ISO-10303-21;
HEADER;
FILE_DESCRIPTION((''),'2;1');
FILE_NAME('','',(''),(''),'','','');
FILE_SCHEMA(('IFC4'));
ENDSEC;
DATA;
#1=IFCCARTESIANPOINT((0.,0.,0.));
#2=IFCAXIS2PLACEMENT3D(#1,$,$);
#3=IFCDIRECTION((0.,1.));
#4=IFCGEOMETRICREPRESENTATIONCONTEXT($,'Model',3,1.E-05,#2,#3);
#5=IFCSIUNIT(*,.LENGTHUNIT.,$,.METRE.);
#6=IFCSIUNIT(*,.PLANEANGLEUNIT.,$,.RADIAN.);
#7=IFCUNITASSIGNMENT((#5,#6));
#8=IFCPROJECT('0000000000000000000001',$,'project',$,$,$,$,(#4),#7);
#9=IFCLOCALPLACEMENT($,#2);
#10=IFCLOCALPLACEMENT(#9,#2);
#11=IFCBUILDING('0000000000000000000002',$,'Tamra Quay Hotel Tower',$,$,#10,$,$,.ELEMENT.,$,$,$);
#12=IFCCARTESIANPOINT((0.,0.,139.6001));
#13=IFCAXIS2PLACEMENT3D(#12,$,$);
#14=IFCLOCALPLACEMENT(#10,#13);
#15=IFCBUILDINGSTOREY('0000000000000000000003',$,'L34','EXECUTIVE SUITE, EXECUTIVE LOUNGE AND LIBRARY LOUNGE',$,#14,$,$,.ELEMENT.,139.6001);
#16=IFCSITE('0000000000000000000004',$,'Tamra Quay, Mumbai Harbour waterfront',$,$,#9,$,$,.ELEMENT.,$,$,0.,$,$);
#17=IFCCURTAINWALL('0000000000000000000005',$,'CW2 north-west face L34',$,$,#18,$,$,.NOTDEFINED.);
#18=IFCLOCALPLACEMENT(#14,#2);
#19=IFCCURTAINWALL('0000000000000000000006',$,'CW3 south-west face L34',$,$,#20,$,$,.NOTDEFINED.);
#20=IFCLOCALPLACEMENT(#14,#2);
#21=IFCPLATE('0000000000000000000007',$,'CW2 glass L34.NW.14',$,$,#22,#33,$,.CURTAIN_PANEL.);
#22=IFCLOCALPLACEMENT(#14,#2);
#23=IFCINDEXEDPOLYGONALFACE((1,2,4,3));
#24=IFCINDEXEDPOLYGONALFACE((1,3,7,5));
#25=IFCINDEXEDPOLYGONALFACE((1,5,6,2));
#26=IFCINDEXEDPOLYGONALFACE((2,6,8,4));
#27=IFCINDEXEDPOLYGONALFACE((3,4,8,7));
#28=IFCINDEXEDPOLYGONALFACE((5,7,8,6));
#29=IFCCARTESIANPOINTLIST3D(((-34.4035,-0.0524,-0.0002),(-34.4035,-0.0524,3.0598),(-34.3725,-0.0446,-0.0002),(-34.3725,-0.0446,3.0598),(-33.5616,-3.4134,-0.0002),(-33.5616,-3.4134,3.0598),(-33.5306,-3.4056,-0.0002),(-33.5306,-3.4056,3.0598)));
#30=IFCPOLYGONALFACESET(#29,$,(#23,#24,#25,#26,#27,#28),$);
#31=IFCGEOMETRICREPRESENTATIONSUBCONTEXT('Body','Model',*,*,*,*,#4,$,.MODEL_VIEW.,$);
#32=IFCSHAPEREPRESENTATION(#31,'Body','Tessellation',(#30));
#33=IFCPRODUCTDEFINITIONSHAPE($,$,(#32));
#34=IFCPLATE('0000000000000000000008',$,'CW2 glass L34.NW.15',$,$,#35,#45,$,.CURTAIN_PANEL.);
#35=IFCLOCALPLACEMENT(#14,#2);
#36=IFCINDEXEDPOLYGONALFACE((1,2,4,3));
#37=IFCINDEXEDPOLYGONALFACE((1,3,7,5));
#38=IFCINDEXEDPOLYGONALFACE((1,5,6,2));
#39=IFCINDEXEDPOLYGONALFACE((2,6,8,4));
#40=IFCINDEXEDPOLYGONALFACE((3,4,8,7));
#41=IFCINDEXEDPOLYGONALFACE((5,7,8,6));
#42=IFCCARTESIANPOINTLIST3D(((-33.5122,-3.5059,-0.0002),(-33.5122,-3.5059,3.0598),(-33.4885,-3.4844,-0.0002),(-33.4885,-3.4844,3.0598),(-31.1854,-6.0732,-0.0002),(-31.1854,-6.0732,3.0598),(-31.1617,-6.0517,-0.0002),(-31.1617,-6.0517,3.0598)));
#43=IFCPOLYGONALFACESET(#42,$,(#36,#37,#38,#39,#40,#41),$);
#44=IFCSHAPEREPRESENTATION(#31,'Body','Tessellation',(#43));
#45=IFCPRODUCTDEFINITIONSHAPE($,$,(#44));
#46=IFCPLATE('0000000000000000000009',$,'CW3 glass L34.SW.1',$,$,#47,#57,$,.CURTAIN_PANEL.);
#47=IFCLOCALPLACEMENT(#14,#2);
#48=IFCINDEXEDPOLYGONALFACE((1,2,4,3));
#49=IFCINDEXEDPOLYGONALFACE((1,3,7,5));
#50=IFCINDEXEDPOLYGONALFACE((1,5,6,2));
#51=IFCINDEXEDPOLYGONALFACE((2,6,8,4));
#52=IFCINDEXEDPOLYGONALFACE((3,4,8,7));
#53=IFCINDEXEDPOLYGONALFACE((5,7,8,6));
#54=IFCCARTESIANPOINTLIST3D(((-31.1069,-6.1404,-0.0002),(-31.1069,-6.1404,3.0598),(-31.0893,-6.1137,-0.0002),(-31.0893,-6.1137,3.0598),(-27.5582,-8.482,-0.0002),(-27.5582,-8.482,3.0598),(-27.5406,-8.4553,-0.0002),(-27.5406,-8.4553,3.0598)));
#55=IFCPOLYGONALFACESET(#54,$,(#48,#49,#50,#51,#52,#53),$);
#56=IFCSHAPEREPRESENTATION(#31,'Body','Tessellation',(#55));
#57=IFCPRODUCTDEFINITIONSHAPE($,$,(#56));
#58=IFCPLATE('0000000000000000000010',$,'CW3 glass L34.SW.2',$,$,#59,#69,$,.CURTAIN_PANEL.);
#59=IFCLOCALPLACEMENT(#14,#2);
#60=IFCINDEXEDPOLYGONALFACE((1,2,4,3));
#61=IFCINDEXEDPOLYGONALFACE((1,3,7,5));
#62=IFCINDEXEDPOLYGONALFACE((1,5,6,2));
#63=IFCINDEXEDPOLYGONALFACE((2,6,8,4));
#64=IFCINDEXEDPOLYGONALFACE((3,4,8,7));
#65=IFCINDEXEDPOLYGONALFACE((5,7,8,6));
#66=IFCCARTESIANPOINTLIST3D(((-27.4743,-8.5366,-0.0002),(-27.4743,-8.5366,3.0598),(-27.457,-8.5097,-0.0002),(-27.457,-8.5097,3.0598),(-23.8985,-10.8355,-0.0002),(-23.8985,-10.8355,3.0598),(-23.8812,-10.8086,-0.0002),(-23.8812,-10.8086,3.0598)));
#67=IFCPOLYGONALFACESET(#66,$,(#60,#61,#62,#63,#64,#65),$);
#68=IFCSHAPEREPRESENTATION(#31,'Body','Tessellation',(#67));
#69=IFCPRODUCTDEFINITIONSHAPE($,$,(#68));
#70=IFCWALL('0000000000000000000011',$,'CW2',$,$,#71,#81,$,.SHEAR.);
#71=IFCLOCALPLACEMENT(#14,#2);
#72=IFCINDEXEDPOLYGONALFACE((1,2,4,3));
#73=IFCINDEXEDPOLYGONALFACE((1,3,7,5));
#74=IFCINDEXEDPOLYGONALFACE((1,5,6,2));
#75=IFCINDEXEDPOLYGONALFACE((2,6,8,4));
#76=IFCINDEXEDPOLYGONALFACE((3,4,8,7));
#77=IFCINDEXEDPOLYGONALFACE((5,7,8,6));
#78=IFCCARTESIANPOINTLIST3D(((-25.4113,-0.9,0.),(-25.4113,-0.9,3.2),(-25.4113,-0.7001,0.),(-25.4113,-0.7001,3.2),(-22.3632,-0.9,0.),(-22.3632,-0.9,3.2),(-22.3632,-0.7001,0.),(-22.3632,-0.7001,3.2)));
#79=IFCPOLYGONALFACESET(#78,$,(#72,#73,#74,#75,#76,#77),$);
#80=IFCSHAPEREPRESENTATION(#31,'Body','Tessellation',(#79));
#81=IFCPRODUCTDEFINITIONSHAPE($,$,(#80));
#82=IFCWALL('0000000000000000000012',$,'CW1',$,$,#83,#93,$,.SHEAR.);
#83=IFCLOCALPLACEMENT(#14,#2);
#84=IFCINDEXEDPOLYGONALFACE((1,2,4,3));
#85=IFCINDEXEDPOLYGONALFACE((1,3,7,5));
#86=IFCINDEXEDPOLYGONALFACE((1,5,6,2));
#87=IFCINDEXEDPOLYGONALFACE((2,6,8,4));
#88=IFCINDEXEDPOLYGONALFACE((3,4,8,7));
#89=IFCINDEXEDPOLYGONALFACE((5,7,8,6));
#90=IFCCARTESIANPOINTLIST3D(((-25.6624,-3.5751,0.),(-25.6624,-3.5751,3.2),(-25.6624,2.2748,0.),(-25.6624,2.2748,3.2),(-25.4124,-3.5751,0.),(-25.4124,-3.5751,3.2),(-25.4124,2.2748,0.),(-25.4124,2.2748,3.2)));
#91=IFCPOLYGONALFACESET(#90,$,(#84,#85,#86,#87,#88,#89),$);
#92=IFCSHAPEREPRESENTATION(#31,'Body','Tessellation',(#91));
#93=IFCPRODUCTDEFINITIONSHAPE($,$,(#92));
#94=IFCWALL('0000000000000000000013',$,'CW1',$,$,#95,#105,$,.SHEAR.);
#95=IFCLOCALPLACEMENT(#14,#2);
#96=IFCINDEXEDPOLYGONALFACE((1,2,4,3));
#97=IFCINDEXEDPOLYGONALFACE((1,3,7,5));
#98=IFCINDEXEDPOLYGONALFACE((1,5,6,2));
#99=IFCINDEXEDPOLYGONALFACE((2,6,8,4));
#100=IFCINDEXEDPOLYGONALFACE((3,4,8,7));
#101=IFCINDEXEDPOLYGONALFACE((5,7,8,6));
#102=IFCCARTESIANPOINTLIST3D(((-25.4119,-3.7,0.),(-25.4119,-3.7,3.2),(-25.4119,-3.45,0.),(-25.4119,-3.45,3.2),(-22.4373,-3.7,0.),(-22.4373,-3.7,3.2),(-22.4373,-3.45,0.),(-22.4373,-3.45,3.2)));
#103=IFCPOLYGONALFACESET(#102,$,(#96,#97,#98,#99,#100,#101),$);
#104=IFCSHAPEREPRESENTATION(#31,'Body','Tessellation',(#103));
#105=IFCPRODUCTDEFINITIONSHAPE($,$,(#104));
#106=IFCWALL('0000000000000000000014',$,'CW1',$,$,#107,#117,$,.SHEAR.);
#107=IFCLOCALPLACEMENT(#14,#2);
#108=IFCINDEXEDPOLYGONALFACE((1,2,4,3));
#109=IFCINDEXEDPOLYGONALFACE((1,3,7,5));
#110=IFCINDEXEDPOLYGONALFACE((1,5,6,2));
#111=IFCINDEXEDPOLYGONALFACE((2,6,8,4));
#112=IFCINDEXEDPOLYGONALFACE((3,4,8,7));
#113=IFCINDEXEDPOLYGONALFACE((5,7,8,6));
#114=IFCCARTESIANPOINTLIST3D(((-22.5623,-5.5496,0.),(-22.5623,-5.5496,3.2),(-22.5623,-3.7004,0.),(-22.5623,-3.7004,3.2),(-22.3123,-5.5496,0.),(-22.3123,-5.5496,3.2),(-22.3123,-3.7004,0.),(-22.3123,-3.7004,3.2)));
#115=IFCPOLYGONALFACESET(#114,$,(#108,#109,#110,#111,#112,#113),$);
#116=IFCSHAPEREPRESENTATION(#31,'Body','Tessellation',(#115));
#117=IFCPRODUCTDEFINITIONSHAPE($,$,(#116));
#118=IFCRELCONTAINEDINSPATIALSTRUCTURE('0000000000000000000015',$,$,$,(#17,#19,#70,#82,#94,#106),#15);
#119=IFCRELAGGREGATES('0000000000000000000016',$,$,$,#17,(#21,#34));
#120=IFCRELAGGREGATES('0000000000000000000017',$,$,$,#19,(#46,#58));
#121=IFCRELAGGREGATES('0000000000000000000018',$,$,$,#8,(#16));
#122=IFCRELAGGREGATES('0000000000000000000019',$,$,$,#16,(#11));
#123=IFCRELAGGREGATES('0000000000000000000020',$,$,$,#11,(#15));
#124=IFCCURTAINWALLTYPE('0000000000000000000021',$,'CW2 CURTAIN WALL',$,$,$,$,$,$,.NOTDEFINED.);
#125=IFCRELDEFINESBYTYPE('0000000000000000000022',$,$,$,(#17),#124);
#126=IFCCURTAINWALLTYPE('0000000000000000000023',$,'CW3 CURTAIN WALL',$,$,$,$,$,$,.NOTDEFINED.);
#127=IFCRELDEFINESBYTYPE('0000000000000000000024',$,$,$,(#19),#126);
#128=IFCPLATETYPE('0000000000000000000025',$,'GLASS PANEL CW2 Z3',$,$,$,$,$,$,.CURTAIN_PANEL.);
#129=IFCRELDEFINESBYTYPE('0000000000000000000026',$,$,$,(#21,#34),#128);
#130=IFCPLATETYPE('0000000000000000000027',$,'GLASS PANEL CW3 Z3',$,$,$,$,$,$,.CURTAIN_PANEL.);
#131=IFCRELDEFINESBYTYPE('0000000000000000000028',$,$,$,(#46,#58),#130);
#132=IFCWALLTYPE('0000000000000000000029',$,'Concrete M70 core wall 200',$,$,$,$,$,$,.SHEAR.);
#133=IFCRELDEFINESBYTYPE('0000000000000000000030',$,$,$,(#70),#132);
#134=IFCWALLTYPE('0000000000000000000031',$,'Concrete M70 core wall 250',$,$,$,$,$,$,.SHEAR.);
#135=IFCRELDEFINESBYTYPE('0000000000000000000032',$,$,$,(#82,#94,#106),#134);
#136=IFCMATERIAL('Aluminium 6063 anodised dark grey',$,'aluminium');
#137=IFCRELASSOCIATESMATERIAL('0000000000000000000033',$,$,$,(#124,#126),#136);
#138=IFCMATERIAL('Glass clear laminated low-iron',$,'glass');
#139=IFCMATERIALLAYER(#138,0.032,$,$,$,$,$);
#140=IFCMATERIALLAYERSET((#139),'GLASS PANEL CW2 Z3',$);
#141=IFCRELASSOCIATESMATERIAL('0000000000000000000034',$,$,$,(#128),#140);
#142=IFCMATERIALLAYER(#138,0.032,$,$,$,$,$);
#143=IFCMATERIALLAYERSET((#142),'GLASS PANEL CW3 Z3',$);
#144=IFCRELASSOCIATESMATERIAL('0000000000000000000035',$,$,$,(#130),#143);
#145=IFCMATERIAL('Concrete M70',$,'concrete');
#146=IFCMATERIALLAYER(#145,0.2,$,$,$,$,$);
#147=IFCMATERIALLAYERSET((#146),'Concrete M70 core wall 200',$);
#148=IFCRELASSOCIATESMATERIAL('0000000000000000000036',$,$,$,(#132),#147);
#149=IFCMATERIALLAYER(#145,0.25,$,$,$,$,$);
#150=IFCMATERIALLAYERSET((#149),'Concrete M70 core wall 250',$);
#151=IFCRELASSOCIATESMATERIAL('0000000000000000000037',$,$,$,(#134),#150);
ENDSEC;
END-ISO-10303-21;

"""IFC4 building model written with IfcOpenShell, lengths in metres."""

from ifc_helpers import new_model, si_unit, direction, frame, frame_2d, origin, origin_2d, place, context, subcontext, project, spatial, rectangle, extrude, material, layer, layer_set, type_object, element, aggregate, save


model = new_model("IFC4")

# Units and contexts
model_context = context("Model", 3, precision=1e-05, world=origin(), true_north=direction((0.0, 1.0)))
body_context = subcontext(model_context, "Body", "Model", "MODEL_VIEW")
ifc_project = project(units=[si_unit("LENGTHUNIT", "METRE"), si_unit("PLANEANGLEUNIT", "RADIAN")], contexts=[model_context])

# Site, building, storey
site_placement = place(None, origin())
site = spatial("IfcSite", under=ifc_project, at=site_placement, Name="Tamra Quay, Mumbai Harbour waterfront", CompositionType="ELEMENT", RefElevation=0.0)
building_placement = place(site_placement, origin())
building = spatial("IfcBuilding", under=site, at=building_placement, Name="Tamra Quay Hotel Tower", CompositionType="ELEMENT")
storey_placement = place(building_placement, frame((0.0, 0.0, 139.6001)))
storey = spatial("IfcBuildingStorey", under=building, at=storey_placement, Name="L34", Description="EXECUTIVE SUITE, EXECUTIVE LOUNGE AND LIBRARY LOUNGE", CompositionType="ELEMENT", Elevation=139.6001)

# Shared definitions
ifc_material_1 = material(Name="Concrete M70", Category="concrete")

# Curtain wall
ifc_material_2 = material(Name="Aluminium 6063 anodised dark grey", Category="aluminium")
curtain_wall_type_1 = type_object("IfcCurtainWallType", Name="CW2 CURTAIN WALL", PredefinedType="NOTDEFINED", material=ifc_material_2)
curtain_wall_1_placement = place(storey_placement, origin())
curtain_wall_1 = element("IfcCurtainWall", 1, at=curtain_wall_1_placement, inside=storey, type_object=curtain_wall_type_1, Name="CW2 north-west face L34", PredefinedType="NOTDEFINED")

# Curtain wall
curtain_wall_type_2 = type_object("IfcCurtainWallType", Name="CW3 CURTAIN WALL", PredefinedType="NOTDEFINED", material=ifc_material_2)
curtain_wall_2_placement = place(storey_placement, origin())
curtain_wall_2 = element("IfcCurtainWall", 2, at=curtain_wall_2_placement, inside=storey, type_object=curtain_wall_type_2, Name="CW3 south-west face L34", PredefinedType="NOTDEFINED")

# Plates
ifc_material_3 = material(Name="Glass clear laminated low-iron", Category="glass")
ifc_layer_1 = layer(ifc_material_3, 0.032)
ifc_layer_set_1 = layer_set([ifc_layer_1], Name="GLASS PANEL CW2 Z3")
plate_type_1 = type_object("IfcPlateType", Name="GLASS PANEL CW2 Z3", PredefinedType="CURTAIN_PANEL", material=ifc_layer_set_1)
plate_1_placement = place(storey_placement, frame((-33.967, -1.729, -0.0002), z_axis=(0.0, 0.0, 1.0), x_axis=(0.242976, -0.970032, 0.0)))
plate_1 = element("IfcPlate", 3, at=plate_1_placement, type_object=plate_type_1, Name="CW2 glass L34.NW.14", PredefinedType="CURTAIN_PANEL", context=body_context, shape_type="SweptSolid", body=[
    extrude(rectangle(XDim=3.4648, YDim=0.032, at=origin_2d()), origin(), (0.0, 0.0, 1.0), 3.0601),
])
plate_2_placement = place(storey_placement, frame((-32.3369, -4.7788, -0.0002), z_axis=(0.0, 0.0, 1.0), x_axis=(0.67155, -0.740959, 0.0)))
plate_2 = element("IfcPlate", 4, at=plate_2_placement, type_object=plate_type_1, Name="CW2 glass L34.NW.15", PredefinedType="CURTAIN_PANEL", context=body_context, shape_type="SweptSolid", body=[
    extrude(rectangle(XDim=3.4648, YDim=0.032, at=origin_2d()), origin(), (0.0, 0.0, 1.0), 3.0601),
])
aggregate(curtain_wall_1, [plate_1, plate_2])
ifc_layer_2 = layer(ifc_material_3, 0.032)
ifc_layer_set_2 = layer_set([ifc_layer_2], Name="GLASS PANEL CW3 Z3")
plate_type_2 = type_object("IfcPlateType", Name="GLASS PANEL CW3 Z3", PredefinedType="CURTAIN_PANEL", material=ifc_layer_set_2)
plate_3_placement = place(storey_placement, frame((-29.3237, -7.2979, -0.0002), z_axis=(0.0, 0.0, 1.0), x_axis=(0.834663, -0.550761, 0.0)))
plate_3 = element("IfcPlate", 5, at=plate_3_placement, type_object=plate_type_2, Name="CW3 glass L34.SW.1", PredefinedType="CURTAIN_PANEL", context=body_context, shape_type="SweptSolid", body=[
    extrude(rectangle(XDim=4.2517, YDim=0.032, at=origin_2d()), origin(), (0.0, 0.0, 1.0), 3.0601),
])
plate_4_placement = place(storey_placement, frame((-25.6777, -9.6726, -0.0002), z_axis=(0.0, 0.0, 1.0), x_axis=(0.841164, -0.54078, 0.0)))
plate_4 = element("IfcPlate", 6, at=plate_4_placement, type_object=plate_type_2, Name="CW3 glass L34.SW.2", PredefinedType="CURTAIN_PANEL", context=body_context, shape_type="SweptSolid", body=[
    extrude(rectangle(XDim=4.251, YDim=0.032, at=origin_2d()), origin(), (0.0, 0.0, 1.0), 3.0601),
])
aggregate(curtain_wall_2, [plate_3, plate_4])

# Walls
ifc_layer_3 = layer(ifc_material_1, 0.2)
ifc_layer_set_3 = layer_set([ifc_layer_3], Name="Concrete M70 core wall 200")
wall_type_1 = type_object("IfcWallType", Name="Concrete M70 core wall 200", PredefinedType="SHEAR", material=ifc_layer_set_3)
wall_1_placement = place(storey_placement, frame((-22.3633, -0.8, 0.0), z_axis=(0.0, 0.0, 1.0), x_axis=(-1.0, 0.0, 0.0)))
element("IfcWall", 7, at=wall_1_placement, inside=storey, type_object=wall_type_1, Name="CW2", PredefinedType="SHEAR", context=body_context, shape_type="SweptSolid", body=[
    extrude(rectangle(XDim=3.0481, YDim=0.2, at=frame_2d((1.5239, 0.0))), origin(), (0.0, 0.0, 1.0), 3.2),
])
ifc_layer_4 = layer(ifc_material_1, 0.25)
ifc_layer_set_4 = layer_set([ifc_layer_4], Name="Concrete M70 core wall 250")
wall_type_2 = type_object("IfcWallType", Name="Concrete M70 core wall 250", PredefinedType="SHEAR", material=ifc_layer_set_4)
wall_2_placement = place(storey_placement, frame((-25.5374, -3.575, 0.0), z_axis=(0.0, 0.0, 1.0), x_axis=(0.0, 1.0, 0.0)))
element("IfcWall", 8, at=wall_2_placement, inside=storey, type_object=wall_type_2, Name="CW1", PredefinedType="SHEAR", context=body_context, shape_type="SweptSolid", body=[
    extrude(rectangle(XDim=5.8499, YDim=0.25, at=frame_2d((2.9248, 0.0))), origin(), (0.0, 0.0, 1.0), 3.2),
])
wall_3_placement = place(storey_placement, frame((-22.4373, -3.575, 0.0), z_axis=(0.0, 0.0, 1.0), x_axis=(-1.0, 0.0, 0.0)))
element("IfcWall", 9, at=wall_3_placement, inside=storey, type_object=wall_type_2, Name="CW1", PredefinedType="SHEAR", context=body_context, shape_type="SweptSolid", body=[
    extrude(rectangle(XDim=2.9746, YDim=0.25, at=frame_2d((1.4873, 0.0))), origin(), (0.0, 0.0, 1.0), 3.2),
])
wall_4_placement = place(storey_placement, frame((-22.4373, -5.5496, 0.0), z_axis=(0.0, 0.0, 1.0), x_axis=(0.0, 1.0, 0.0)))
element("IfcWall", 10, at=wall_4_placement, inside=storey, type_object=wall_type_2, Name="CW1", PredefinedType="SHEAR", context=body_context, shape_type="SweptSolid", body=[
    extrude(rectangle(XDim=1.8491, YDim=0.25, at=frame_2d((0.9246, 0.0))), origin(), (0.0, 0.0, 1.0), 3.2),
])

save(model, "model.ifc")
